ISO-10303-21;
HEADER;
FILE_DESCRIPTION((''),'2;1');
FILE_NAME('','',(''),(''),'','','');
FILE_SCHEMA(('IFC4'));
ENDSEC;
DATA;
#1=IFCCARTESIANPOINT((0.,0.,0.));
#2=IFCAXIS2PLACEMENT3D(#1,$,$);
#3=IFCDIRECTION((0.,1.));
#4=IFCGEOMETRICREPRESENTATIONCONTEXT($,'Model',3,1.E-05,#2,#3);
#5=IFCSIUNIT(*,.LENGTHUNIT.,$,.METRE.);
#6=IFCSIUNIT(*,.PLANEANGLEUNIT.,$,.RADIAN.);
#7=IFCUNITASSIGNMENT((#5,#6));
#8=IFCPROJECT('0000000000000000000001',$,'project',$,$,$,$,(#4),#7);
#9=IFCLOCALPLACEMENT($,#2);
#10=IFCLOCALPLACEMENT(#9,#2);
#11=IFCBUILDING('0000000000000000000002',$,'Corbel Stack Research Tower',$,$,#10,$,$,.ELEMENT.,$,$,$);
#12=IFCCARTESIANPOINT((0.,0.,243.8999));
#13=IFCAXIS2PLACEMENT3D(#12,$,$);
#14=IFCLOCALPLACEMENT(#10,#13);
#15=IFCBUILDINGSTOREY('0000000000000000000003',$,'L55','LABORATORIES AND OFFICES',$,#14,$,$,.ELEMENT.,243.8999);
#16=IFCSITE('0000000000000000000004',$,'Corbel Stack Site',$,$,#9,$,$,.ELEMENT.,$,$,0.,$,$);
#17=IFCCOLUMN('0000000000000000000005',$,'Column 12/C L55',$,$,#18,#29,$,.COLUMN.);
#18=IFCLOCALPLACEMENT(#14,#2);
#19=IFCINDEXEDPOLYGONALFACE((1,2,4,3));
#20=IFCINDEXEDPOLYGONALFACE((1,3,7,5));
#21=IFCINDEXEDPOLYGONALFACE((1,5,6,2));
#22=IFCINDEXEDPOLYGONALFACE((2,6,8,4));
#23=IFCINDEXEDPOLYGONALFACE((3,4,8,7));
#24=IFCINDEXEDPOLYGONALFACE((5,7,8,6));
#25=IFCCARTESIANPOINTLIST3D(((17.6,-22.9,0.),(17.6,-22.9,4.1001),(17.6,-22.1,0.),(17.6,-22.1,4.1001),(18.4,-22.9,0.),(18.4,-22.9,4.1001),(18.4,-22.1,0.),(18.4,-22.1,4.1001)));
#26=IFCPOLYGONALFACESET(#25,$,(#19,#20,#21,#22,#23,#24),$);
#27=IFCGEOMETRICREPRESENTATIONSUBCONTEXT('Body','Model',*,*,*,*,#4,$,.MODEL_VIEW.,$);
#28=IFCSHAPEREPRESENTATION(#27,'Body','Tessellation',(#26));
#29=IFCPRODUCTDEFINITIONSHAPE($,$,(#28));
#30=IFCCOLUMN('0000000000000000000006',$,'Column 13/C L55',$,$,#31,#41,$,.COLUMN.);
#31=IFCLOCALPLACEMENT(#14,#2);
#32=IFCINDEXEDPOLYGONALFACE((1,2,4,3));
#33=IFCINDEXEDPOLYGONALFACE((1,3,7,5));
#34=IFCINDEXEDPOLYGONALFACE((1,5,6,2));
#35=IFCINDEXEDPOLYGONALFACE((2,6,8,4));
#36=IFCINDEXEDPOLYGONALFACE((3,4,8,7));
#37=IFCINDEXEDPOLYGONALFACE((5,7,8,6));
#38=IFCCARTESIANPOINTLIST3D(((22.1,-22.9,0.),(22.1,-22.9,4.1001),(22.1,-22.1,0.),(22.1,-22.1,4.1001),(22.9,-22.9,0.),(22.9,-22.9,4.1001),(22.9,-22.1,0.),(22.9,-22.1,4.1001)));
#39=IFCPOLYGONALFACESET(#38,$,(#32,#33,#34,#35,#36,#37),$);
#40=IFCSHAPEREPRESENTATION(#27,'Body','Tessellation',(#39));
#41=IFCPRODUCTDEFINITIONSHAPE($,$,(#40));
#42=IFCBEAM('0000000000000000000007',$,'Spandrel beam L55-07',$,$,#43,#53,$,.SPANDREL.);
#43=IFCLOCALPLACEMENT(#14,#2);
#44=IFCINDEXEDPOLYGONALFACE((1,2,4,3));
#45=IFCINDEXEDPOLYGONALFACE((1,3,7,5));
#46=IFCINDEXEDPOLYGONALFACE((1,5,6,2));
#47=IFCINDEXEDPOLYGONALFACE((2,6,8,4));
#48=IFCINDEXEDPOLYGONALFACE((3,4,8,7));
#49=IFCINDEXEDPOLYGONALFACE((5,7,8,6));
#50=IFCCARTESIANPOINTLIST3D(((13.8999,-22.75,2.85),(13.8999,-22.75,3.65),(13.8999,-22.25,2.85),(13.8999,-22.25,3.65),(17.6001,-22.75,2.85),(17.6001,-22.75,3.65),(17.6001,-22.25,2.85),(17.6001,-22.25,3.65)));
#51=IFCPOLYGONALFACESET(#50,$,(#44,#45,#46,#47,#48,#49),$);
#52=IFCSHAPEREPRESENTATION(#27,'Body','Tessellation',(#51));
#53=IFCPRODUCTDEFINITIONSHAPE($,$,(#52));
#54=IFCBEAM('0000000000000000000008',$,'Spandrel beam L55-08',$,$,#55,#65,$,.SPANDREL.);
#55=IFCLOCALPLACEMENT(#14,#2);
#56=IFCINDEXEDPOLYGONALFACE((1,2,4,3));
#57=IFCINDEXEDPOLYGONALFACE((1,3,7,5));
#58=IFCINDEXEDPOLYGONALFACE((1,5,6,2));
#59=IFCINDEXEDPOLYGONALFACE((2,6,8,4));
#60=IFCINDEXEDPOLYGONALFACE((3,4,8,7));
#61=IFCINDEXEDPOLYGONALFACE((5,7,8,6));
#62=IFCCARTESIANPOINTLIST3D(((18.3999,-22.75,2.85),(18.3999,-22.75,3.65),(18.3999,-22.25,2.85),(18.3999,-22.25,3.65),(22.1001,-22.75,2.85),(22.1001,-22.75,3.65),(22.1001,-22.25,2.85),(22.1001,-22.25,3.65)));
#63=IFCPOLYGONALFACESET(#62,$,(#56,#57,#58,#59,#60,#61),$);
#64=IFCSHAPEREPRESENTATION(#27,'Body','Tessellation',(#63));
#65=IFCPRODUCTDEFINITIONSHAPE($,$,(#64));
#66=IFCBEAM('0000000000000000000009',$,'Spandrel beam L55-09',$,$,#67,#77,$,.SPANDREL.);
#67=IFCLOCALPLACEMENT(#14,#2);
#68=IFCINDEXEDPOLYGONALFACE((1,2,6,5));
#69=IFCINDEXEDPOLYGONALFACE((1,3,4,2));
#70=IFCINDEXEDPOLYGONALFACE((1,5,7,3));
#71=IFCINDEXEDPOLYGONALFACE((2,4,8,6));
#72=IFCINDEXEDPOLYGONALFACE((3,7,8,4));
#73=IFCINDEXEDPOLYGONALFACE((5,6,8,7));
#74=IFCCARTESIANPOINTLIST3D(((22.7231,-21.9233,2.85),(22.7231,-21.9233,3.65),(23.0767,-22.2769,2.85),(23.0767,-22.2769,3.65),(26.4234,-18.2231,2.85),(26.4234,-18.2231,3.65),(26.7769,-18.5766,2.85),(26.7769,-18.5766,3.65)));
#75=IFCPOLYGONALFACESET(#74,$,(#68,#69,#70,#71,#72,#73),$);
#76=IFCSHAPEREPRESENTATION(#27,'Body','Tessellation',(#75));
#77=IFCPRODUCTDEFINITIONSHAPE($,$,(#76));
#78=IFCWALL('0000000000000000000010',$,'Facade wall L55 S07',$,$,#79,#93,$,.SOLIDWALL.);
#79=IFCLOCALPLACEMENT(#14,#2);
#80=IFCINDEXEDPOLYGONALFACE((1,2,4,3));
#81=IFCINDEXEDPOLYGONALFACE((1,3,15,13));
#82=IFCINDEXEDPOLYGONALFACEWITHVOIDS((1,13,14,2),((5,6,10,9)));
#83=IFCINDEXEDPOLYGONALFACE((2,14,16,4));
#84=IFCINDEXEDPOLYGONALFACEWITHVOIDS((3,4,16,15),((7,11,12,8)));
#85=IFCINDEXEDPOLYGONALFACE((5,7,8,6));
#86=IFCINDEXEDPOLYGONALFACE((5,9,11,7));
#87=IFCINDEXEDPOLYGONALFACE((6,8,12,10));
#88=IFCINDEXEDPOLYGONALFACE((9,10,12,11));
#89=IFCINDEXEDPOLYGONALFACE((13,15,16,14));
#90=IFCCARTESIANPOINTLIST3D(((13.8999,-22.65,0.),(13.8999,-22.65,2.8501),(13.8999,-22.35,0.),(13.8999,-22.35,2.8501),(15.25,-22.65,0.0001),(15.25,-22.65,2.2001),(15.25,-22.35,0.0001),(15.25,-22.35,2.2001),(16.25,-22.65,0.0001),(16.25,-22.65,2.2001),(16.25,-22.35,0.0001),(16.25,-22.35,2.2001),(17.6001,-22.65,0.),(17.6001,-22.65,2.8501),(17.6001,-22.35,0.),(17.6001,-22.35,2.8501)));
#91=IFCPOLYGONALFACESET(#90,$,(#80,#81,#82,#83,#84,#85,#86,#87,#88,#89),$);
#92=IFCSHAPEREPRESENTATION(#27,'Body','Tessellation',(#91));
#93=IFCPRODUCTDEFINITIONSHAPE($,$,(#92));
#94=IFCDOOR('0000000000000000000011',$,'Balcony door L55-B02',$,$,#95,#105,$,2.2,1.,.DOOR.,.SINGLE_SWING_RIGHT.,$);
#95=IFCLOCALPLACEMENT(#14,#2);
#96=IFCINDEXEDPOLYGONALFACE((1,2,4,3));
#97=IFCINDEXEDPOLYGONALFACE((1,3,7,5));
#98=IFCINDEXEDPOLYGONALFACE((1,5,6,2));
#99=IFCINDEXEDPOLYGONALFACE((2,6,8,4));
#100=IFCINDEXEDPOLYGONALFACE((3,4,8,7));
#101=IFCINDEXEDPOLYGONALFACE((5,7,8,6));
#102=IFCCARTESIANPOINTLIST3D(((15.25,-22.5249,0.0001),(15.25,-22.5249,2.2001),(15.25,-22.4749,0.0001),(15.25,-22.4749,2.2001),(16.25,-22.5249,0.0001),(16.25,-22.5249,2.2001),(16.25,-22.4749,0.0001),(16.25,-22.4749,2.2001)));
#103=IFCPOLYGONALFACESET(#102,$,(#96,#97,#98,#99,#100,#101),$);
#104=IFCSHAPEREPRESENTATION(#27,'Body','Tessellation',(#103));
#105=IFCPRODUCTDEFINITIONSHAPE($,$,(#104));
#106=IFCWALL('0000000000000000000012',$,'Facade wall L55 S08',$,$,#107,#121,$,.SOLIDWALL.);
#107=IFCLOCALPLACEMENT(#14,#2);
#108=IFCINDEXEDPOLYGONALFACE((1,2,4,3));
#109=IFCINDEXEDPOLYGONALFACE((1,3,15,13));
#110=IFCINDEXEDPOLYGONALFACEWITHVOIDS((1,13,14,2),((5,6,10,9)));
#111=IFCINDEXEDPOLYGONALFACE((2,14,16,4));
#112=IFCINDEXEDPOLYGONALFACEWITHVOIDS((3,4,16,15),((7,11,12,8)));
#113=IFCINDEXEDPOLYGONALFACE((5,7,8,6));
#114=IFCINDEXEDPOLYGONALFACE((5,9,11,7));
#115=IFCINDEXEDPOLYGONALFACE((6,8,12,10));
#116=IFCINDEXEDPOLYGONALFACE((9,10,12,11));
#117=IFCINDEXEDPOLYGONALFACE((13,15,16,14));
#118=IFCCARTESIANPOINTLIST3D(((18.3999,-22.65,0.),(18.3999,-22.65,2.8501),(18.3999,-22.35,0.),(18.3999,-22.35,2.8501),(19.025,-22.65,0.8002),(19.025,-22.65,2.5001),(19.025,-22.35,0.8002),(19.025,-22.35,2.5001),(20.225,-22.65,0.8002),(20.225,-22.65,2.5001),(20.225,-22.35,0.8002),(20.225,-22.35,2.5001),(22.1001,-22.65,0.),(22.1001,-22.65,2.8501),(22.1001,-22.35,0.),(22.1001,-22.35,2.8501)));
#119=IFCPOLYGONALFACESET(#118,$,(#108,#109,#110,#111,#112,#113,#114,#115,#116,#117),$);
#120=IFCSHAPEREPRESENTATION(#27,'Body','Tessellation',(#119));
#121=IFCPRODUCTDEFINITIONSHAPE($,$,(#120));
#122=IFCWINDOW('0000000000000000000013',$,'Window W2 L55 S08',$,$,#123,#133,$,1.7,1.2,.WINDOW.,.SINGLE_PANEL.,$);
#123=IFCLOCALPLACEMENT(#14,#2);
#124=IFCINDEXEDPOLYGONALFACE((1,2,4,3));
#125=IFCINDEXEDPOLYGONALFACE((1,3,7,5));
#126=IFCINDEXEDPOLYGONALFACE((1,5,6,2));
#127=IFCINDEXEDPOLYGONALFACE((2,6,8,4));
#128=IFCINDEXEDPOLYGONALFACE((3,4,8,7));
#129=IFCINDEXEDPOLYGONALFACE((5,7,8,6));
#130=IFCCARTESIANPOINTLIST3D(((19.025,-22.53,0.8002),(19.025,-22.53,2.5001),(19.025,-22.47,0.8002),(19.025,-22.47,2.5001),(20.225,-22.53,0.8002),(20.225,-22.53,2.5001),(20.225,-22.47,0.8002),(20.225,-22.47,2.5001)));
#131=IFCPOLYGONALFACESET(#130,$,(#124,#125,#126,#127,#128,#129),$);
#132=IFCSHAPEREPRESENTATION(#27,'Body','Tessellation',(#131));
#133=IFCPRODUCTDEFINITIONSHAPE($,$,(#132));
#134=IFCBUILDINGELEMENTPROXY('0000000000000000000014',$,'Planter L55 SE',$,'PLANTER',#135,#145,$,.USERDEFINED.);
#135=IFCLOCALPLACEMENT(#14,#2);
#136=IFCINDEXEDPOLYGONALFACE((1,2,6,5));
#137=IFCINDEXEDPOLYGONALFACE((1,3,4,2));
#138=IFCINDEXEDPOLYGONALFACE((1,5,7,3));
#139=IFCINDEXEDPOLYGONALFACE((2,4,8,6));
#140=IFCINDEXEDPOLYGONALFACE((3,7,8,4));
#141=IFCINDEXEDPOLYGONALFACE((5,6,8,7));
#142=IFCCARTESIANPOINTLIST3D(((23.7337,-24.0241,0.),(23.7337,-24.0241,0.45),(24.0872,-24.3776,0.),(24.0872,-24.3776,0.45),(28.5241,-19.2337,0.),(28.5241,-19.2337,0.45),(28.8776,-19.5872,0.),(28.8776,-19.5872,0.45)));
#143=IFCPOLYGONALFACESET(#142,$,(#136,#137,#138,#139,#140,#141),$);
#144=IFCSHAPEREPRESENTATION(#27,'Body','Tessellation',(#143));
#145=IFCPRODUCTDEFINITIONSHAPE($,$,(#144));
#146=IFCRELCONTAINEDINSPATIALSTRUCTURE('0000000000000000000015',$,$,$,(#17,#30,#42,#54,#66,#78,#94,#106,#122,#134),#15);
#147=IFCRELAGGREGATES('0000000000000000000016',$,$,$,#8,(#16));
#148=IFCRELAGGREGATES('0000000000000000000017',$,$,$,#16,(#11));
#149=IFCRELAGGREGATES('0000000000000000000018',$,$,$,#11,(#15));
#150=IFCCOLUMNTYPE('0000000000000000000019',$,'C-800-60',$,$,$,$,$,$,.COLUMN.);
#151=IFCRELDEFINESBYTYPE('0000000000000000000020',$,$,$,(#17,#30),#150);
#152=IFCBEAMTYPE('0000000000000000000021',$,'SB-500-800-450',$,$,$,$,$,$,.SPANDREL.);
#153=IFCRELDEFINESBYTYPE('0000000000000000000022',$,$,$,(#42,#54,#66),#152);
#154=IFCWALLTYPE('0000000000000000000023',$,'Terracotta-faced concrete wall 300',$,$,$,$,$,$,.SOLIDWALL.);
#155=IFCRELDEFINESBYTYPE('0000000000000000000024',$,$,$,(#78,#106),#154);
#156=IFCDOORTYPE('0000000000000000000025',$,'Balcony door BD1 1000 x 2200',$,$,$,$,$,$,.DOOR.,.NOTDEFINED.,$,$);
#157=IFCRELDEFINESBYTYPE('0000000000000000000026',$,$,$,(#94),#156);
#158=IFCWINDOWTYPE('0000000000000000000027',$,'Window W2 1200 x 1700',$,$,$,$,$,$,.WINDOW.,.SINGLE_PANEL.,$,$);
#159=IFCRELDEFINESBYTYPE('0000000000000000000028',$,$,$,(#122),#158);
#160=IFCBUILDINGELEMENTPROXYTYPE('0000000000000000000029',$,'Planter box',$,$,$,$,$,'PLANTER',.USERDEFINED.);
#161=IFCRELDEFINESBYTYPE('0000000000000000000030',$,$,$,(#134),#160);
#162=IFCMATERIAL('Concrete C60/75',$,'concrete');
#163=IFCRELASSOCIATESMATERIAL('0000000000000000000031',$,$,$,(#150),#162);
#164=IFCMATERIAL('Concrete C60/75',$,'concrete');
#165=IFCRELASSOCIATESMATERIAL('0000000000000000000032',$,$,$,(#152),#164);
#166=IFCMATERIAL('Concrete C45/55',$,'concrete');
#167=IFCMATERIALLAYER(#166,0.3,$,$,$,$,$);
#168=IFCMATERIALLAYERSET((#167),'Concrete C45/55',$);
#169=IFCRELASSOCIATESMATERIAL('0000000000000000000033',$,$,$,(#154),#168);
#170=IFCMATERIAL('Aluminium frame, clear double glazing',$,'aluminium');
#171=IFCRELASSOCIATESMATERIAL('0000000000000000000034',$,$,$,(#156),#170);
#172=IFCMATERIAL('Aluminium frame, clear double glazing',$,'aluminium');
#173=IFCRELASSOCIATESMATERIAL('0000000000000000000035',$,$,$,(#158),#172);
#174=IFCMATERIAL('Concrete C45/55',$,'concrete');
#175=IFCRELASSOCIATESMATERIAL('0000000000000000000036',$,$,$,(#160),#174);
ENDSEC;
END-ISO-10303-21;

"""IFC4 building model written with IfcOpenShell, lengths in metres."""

from ifc_helpers import new_model, si_unit, direction, frame, frame_2d, origin, origin_2d, place, context, subcontext, project, spatial, rectangle, extrude, material, layer, layer_set, material_profile, profile_set, type_object, element, fill, save


model = new_model("IFC4")

# Units and contexts
model_context = context("Model", 3, precision=1e-05, world=origin(), true_north=direction((0.0, 1.0)))
body_context = subcontext(model_context, "Body", "Model", "MODEL_VIEW")
ifc_project = project(units=[si_unit("LENGTHUNIT", "METRE"), si_unit("PLANEANGLEUNIT", "RADIAN")], contexts=[model_context])

# Site, building, storey
site_placement = place(None, origin())
site = spatial("IfcSite", under=ifc_project, at=site_placement, Name="Corbel Stack Site", CompositionType="ELEMENT", RefElevation=0.0)
building_placement = place(site_placement, origin())
building = spatial("IfcBuilding", under=site, at=building_placement, Name="Corbel Stack Research Tower", CompositionType="ELEMENT")
storey_placement = place(building_placement, frame((0.0, 0.0, 243.8999)))
storey = spatial("IfcBuildingStorey", under=building, at=storey_placement, Name="L55", Description="LABORATORIES AND OFFICES", CompositionType="ELEMENT", Elevation=243.8999)

# Columns
ifc_material_1 = material(Name="Concrete C60/75", Category="concrete")
ifc_material_profile_1 = material_profile(ifc_material_1, rectangle(XDim=0.8, YDim=0.8, at=origin_2d()), Name="RC 800 x 800")
ifc_profile_set_1 = profile_set([ifc_material_profile_1], Name="Concrete C60/75")
column_type = type_object("IfcColumnType", Name="C-800-60", PredefinedType="COLUMN", material=ifc_profile_set_1)
for number, where, z_axis, x_axis, name in (
    (1, (18.0, -22.5, 0.0), (0.0, 0.0, 1.0), (1.0, 0.0, 0.0), "Column 12/C L55"),
    (2, (22.5, -22.5, 0.0), (0.0, 0.0, 1.0), (1.0, 0.0, 0.0), "Column 13/C L55"),
):
    element("IfcColumn", number, at=place(storey_placement, frame(where, z_axis=z_axis, x_axis=x_axis)), inside=storey, type_object=column_type, Name=name, PredefinedType="COLUMN", context=body_context, shape_type="SweptSolid", body=[
        extrude(rectangle(XDim=0.8, YDim=0.8, at=origin_2d()), origin(), (0.0, 0.0, 1.0), 4.1001),
    ])

# Beams
ifc_material_2 = material(Name="Concrete C60/75", Category="concrete")
ifc_material_profile_2 = material_profile(ifc_material_2, rectangle(XDim=0.5, YDim=0.8, at=origin_2d()), Name="RC 500 x 800")
ifc_profile_set_2 = profile_set([ifc_material_profile_2], Name="Concrete C60/75")
beam_type = type_object("IfcBeamType", Name="SB-500-800-450", PredefinedType="SPANDREL", material=ifc_profile_set_2)
for number, where, z_axis, x_axis, name in (
    (3, (13.8999, -22.5, 3.25), (1.0, 0.0, 0.0), (0.0, 1.0, 0.0), "Spandrel beam L55-07"),
    (4, (18.3999, -22.5, 3.25), (1.0, 0.0, 0.0), (0.0, 1.0, 0.0), "Spandrel beam L55-08"),
):
    element("IfcBeam", number, at=place(storey_placement, frame(where, z_axis=z_axis, x_axis=x_axis)), inside=storey, type_object=beam_type, Name=name, PredefinedType="SPANDREL", context=body_context, shape_type="SweptSolid", body=[
        extrude(rectangle(XDim=0.5, YDim=0.8, at=origin_2d()), origin(), (0.0, 0.0, 1.0), 3.7002),
    ])
beam_placement = place(storey_placement, frame((22.8999, -22.1001, 3.25), z_axis=(0.707107, 0.707107, 0.0), x_axis=(-0.707107, 0.707107, 0.0)))
element("IfcBeam", 5, at=beam_placement, inside=storey, type_object=beam_type, Name="Spandrel beam L55-09", PredefinedType="SPANDREL", context=body_context, shape_type="SweptSolid", body=[
    extrude(rectangle(XDim=0.5, YDim=0.8, at=origin_2d()), origin(), (0.0, 0.0, 1.0), 5.2329),
])

# Wall, opening, door
ifc_material_3 = material(Name="Concrete C45/55", Category="concrete")
ifc_layer = layer(ifc_material_3, 0.3)
ifc_layer_set = layer_set([ifc_layer], Name="Concrete C45/55")
wall_type = type_object("IfcWallType", Name="Terracotta-faced concrete wall 300", PredefinedType="SOLIDWALL", material=ifc_layer_set)
wall_1_placement = place(storey_placement, frame((17.6001, -22.5, 0.0), z_axis=(0.0, 0.0, 1.0), x_axis=(-1.0, 0.0, 0.0)))
wall_1 = element("IfcWall", 6, at=wall_1_placement, inside=storey, type_object=wall_type, Name="Facade wall L55 S07", PredefinedType="SOLIDWALL", context=body_context, shape_type="SweptSolid", body=[
    extrude(rectangle(XDim=3.7002, YDim=0.3, at=frame_2d((1.8501, 0.0))), origin(), (0.0, 0.0, 1.0), 2.8501),
])
opening_1_placement = place(wall_1_placement, frame((1.3501, 0.0, 0.0)))
opening_1 = element("IfcOpeningElement", 7, at=opening_1_placement, cuts=wall_1, PredefinedType="OPENING", context=body_context, shape_type="SweptSolid", body=[
    extrude(rectangle(XDim=1.0, YDim=2.2, at=frame_2d((0.5, 1.1001))), frame((0.0, 0.1599, 0.0), z_axis=(0.0, -1.0, 0.0), x_axis=(1.0, 0.0, 0.0)), (0.0, 0.0, 1.0), 0.3201),
])
ifc_material_4 = material(Name="Aluminium frame, clear double glazing", Category="aluminium")
door_type = type_object("IfcDoorType", Name="Balcony door BD1 1000 x 2200", OperationType="NOTDEFINED", PredefinedType="DOOR", material=ifc_material_4)
door_placement = place(opening_1_placement, origin())
door = element("IfcDoor", 8, at=door_placement, inside=storey, type_object=door_type, Name="Balcony door L55-B02", OperationType="SINGLE_SWING_RIGHT", OverallHeight=2.2, OverallWidth=1.0, PredefinedType="DOOR", context=body_context, shape_type="SweptSolid", body=[
    extrude(rectangle(XDim=1.0, YDim=2.2, at=frame_2d((0.5, 1.1001))), frame((0.0, 0.0249, 0.0), z_axis=(0.0, -1.0, 0.0), x_axis=(1.0, 0.0, 0.0)), (0.0, 0.0, 1.0), 0.05),
])
fill(opening_1, door)

# Wall, opening, window
wall_2_placement = place(storey_placement, frame((22.1001, -22.5, 0.0), z_axis=(0.0, 0.0, 1.0), x_axis=(-1.0, 0.0, 0.0)))
wall_2 = element("IfcWall", 9, at=wall_2_placement, inside=storey, type_object=wall_type, Name="Facade wall L55 S08", PredefinedType="SOLIDWALL", context=body_context, shape_type="SweptSolid", body=[
    extrude(rectangle(XDim=3.7002, YDim=0.3, at=frame_2d((1.8501, 0.0))), origin(), (0.0, 0.0, 1.0), 2.8501),
])
opening_2_placement = place(wall_2_placement, frame((1.875, 0.0, 0.8)))
opening_2 = element("IfcOpeningElement", 10, at=opening_2_placement, cuts=wall_2, PredefinedType="OPENING", context=body_context, shape_type="SweptSolid", body=[
    extrude(rectangle(XDim=1.2, YDim=1.7, at=frame_2d((0.6001, 0.8501))), frame((0.0, 0.1599, 0.0), z_axis=(0.0, -1.0, 0.0), x_axis=(1.0, 0.0, 0.0)), (0.0, 0.0, 1.0), 0.3201),
])
ifc_material_5 = material(Name="Aluminium frame, clear double glazing", Category="aluminium")
window_type = type_object("IfcWindowType", Name="Window W2 1200 x 1700", PartitioningType="SINGLE_PANEL", PredefinedType="WINDOW", material=ifc_material_5)
window_placement = place(opening_2_placement, origin())
window = element("IfcWindow", 11, at=window_placement, inside=storey, type_object=window_type, Name="Window W2 L55 S08", OverallHeight=1.7, OverallWidth=1.2, PartitioningType="SINGLE_PANEL", PredefinedType="WINDOW", context=body_context, shape_type="SweptSolid", body=[
    extrude(rectangle(XDim=1.2, YDim=1.7, at=frame_2d((0.6001, 0.8501))), frame((0.0, 0.03, 0.0), z_axis=(0.0, -1.0, 0.0), x_axis=(1.0, 0.0, 0.0)), (0.0, 0.0, 1.0), 0.0601),
])
fill(opening_2, window)

# Building element proxy
ifc_material_6 = material(Name="Concrete C45/55", Category="concrete")
building_element_proxy_type = type_object("IfcBuildingElementProxyType", Name="Planter box", ElementType="PLANTER", PredefinedType="USERDEFINED", material=ifc_material_6)
proxy_placement = place(storey_placement, frame((26.3057, -21.8057, 0.0), z_axis=(0.0, 0.0, 1.0), x_axis=(0.707107, 0.707107, 0.0)))
element("IfcBuildingElementProxy", 12, at=proxy_placement, inside=storey, type_object=building_element_proxy_type, Name="Planter L55 SE", ObjectType="PLANTER", PredefinedType="USERDEFINED", context=body_context, shape_type="SweptSolid", body=[
    extrude(rectangle(XDim=6.7747, YDim=0.5, at=origin_2d()), origin(), (0.0, 0.0, 1.0), 0.45),
])

save(model, "model.ifc")
